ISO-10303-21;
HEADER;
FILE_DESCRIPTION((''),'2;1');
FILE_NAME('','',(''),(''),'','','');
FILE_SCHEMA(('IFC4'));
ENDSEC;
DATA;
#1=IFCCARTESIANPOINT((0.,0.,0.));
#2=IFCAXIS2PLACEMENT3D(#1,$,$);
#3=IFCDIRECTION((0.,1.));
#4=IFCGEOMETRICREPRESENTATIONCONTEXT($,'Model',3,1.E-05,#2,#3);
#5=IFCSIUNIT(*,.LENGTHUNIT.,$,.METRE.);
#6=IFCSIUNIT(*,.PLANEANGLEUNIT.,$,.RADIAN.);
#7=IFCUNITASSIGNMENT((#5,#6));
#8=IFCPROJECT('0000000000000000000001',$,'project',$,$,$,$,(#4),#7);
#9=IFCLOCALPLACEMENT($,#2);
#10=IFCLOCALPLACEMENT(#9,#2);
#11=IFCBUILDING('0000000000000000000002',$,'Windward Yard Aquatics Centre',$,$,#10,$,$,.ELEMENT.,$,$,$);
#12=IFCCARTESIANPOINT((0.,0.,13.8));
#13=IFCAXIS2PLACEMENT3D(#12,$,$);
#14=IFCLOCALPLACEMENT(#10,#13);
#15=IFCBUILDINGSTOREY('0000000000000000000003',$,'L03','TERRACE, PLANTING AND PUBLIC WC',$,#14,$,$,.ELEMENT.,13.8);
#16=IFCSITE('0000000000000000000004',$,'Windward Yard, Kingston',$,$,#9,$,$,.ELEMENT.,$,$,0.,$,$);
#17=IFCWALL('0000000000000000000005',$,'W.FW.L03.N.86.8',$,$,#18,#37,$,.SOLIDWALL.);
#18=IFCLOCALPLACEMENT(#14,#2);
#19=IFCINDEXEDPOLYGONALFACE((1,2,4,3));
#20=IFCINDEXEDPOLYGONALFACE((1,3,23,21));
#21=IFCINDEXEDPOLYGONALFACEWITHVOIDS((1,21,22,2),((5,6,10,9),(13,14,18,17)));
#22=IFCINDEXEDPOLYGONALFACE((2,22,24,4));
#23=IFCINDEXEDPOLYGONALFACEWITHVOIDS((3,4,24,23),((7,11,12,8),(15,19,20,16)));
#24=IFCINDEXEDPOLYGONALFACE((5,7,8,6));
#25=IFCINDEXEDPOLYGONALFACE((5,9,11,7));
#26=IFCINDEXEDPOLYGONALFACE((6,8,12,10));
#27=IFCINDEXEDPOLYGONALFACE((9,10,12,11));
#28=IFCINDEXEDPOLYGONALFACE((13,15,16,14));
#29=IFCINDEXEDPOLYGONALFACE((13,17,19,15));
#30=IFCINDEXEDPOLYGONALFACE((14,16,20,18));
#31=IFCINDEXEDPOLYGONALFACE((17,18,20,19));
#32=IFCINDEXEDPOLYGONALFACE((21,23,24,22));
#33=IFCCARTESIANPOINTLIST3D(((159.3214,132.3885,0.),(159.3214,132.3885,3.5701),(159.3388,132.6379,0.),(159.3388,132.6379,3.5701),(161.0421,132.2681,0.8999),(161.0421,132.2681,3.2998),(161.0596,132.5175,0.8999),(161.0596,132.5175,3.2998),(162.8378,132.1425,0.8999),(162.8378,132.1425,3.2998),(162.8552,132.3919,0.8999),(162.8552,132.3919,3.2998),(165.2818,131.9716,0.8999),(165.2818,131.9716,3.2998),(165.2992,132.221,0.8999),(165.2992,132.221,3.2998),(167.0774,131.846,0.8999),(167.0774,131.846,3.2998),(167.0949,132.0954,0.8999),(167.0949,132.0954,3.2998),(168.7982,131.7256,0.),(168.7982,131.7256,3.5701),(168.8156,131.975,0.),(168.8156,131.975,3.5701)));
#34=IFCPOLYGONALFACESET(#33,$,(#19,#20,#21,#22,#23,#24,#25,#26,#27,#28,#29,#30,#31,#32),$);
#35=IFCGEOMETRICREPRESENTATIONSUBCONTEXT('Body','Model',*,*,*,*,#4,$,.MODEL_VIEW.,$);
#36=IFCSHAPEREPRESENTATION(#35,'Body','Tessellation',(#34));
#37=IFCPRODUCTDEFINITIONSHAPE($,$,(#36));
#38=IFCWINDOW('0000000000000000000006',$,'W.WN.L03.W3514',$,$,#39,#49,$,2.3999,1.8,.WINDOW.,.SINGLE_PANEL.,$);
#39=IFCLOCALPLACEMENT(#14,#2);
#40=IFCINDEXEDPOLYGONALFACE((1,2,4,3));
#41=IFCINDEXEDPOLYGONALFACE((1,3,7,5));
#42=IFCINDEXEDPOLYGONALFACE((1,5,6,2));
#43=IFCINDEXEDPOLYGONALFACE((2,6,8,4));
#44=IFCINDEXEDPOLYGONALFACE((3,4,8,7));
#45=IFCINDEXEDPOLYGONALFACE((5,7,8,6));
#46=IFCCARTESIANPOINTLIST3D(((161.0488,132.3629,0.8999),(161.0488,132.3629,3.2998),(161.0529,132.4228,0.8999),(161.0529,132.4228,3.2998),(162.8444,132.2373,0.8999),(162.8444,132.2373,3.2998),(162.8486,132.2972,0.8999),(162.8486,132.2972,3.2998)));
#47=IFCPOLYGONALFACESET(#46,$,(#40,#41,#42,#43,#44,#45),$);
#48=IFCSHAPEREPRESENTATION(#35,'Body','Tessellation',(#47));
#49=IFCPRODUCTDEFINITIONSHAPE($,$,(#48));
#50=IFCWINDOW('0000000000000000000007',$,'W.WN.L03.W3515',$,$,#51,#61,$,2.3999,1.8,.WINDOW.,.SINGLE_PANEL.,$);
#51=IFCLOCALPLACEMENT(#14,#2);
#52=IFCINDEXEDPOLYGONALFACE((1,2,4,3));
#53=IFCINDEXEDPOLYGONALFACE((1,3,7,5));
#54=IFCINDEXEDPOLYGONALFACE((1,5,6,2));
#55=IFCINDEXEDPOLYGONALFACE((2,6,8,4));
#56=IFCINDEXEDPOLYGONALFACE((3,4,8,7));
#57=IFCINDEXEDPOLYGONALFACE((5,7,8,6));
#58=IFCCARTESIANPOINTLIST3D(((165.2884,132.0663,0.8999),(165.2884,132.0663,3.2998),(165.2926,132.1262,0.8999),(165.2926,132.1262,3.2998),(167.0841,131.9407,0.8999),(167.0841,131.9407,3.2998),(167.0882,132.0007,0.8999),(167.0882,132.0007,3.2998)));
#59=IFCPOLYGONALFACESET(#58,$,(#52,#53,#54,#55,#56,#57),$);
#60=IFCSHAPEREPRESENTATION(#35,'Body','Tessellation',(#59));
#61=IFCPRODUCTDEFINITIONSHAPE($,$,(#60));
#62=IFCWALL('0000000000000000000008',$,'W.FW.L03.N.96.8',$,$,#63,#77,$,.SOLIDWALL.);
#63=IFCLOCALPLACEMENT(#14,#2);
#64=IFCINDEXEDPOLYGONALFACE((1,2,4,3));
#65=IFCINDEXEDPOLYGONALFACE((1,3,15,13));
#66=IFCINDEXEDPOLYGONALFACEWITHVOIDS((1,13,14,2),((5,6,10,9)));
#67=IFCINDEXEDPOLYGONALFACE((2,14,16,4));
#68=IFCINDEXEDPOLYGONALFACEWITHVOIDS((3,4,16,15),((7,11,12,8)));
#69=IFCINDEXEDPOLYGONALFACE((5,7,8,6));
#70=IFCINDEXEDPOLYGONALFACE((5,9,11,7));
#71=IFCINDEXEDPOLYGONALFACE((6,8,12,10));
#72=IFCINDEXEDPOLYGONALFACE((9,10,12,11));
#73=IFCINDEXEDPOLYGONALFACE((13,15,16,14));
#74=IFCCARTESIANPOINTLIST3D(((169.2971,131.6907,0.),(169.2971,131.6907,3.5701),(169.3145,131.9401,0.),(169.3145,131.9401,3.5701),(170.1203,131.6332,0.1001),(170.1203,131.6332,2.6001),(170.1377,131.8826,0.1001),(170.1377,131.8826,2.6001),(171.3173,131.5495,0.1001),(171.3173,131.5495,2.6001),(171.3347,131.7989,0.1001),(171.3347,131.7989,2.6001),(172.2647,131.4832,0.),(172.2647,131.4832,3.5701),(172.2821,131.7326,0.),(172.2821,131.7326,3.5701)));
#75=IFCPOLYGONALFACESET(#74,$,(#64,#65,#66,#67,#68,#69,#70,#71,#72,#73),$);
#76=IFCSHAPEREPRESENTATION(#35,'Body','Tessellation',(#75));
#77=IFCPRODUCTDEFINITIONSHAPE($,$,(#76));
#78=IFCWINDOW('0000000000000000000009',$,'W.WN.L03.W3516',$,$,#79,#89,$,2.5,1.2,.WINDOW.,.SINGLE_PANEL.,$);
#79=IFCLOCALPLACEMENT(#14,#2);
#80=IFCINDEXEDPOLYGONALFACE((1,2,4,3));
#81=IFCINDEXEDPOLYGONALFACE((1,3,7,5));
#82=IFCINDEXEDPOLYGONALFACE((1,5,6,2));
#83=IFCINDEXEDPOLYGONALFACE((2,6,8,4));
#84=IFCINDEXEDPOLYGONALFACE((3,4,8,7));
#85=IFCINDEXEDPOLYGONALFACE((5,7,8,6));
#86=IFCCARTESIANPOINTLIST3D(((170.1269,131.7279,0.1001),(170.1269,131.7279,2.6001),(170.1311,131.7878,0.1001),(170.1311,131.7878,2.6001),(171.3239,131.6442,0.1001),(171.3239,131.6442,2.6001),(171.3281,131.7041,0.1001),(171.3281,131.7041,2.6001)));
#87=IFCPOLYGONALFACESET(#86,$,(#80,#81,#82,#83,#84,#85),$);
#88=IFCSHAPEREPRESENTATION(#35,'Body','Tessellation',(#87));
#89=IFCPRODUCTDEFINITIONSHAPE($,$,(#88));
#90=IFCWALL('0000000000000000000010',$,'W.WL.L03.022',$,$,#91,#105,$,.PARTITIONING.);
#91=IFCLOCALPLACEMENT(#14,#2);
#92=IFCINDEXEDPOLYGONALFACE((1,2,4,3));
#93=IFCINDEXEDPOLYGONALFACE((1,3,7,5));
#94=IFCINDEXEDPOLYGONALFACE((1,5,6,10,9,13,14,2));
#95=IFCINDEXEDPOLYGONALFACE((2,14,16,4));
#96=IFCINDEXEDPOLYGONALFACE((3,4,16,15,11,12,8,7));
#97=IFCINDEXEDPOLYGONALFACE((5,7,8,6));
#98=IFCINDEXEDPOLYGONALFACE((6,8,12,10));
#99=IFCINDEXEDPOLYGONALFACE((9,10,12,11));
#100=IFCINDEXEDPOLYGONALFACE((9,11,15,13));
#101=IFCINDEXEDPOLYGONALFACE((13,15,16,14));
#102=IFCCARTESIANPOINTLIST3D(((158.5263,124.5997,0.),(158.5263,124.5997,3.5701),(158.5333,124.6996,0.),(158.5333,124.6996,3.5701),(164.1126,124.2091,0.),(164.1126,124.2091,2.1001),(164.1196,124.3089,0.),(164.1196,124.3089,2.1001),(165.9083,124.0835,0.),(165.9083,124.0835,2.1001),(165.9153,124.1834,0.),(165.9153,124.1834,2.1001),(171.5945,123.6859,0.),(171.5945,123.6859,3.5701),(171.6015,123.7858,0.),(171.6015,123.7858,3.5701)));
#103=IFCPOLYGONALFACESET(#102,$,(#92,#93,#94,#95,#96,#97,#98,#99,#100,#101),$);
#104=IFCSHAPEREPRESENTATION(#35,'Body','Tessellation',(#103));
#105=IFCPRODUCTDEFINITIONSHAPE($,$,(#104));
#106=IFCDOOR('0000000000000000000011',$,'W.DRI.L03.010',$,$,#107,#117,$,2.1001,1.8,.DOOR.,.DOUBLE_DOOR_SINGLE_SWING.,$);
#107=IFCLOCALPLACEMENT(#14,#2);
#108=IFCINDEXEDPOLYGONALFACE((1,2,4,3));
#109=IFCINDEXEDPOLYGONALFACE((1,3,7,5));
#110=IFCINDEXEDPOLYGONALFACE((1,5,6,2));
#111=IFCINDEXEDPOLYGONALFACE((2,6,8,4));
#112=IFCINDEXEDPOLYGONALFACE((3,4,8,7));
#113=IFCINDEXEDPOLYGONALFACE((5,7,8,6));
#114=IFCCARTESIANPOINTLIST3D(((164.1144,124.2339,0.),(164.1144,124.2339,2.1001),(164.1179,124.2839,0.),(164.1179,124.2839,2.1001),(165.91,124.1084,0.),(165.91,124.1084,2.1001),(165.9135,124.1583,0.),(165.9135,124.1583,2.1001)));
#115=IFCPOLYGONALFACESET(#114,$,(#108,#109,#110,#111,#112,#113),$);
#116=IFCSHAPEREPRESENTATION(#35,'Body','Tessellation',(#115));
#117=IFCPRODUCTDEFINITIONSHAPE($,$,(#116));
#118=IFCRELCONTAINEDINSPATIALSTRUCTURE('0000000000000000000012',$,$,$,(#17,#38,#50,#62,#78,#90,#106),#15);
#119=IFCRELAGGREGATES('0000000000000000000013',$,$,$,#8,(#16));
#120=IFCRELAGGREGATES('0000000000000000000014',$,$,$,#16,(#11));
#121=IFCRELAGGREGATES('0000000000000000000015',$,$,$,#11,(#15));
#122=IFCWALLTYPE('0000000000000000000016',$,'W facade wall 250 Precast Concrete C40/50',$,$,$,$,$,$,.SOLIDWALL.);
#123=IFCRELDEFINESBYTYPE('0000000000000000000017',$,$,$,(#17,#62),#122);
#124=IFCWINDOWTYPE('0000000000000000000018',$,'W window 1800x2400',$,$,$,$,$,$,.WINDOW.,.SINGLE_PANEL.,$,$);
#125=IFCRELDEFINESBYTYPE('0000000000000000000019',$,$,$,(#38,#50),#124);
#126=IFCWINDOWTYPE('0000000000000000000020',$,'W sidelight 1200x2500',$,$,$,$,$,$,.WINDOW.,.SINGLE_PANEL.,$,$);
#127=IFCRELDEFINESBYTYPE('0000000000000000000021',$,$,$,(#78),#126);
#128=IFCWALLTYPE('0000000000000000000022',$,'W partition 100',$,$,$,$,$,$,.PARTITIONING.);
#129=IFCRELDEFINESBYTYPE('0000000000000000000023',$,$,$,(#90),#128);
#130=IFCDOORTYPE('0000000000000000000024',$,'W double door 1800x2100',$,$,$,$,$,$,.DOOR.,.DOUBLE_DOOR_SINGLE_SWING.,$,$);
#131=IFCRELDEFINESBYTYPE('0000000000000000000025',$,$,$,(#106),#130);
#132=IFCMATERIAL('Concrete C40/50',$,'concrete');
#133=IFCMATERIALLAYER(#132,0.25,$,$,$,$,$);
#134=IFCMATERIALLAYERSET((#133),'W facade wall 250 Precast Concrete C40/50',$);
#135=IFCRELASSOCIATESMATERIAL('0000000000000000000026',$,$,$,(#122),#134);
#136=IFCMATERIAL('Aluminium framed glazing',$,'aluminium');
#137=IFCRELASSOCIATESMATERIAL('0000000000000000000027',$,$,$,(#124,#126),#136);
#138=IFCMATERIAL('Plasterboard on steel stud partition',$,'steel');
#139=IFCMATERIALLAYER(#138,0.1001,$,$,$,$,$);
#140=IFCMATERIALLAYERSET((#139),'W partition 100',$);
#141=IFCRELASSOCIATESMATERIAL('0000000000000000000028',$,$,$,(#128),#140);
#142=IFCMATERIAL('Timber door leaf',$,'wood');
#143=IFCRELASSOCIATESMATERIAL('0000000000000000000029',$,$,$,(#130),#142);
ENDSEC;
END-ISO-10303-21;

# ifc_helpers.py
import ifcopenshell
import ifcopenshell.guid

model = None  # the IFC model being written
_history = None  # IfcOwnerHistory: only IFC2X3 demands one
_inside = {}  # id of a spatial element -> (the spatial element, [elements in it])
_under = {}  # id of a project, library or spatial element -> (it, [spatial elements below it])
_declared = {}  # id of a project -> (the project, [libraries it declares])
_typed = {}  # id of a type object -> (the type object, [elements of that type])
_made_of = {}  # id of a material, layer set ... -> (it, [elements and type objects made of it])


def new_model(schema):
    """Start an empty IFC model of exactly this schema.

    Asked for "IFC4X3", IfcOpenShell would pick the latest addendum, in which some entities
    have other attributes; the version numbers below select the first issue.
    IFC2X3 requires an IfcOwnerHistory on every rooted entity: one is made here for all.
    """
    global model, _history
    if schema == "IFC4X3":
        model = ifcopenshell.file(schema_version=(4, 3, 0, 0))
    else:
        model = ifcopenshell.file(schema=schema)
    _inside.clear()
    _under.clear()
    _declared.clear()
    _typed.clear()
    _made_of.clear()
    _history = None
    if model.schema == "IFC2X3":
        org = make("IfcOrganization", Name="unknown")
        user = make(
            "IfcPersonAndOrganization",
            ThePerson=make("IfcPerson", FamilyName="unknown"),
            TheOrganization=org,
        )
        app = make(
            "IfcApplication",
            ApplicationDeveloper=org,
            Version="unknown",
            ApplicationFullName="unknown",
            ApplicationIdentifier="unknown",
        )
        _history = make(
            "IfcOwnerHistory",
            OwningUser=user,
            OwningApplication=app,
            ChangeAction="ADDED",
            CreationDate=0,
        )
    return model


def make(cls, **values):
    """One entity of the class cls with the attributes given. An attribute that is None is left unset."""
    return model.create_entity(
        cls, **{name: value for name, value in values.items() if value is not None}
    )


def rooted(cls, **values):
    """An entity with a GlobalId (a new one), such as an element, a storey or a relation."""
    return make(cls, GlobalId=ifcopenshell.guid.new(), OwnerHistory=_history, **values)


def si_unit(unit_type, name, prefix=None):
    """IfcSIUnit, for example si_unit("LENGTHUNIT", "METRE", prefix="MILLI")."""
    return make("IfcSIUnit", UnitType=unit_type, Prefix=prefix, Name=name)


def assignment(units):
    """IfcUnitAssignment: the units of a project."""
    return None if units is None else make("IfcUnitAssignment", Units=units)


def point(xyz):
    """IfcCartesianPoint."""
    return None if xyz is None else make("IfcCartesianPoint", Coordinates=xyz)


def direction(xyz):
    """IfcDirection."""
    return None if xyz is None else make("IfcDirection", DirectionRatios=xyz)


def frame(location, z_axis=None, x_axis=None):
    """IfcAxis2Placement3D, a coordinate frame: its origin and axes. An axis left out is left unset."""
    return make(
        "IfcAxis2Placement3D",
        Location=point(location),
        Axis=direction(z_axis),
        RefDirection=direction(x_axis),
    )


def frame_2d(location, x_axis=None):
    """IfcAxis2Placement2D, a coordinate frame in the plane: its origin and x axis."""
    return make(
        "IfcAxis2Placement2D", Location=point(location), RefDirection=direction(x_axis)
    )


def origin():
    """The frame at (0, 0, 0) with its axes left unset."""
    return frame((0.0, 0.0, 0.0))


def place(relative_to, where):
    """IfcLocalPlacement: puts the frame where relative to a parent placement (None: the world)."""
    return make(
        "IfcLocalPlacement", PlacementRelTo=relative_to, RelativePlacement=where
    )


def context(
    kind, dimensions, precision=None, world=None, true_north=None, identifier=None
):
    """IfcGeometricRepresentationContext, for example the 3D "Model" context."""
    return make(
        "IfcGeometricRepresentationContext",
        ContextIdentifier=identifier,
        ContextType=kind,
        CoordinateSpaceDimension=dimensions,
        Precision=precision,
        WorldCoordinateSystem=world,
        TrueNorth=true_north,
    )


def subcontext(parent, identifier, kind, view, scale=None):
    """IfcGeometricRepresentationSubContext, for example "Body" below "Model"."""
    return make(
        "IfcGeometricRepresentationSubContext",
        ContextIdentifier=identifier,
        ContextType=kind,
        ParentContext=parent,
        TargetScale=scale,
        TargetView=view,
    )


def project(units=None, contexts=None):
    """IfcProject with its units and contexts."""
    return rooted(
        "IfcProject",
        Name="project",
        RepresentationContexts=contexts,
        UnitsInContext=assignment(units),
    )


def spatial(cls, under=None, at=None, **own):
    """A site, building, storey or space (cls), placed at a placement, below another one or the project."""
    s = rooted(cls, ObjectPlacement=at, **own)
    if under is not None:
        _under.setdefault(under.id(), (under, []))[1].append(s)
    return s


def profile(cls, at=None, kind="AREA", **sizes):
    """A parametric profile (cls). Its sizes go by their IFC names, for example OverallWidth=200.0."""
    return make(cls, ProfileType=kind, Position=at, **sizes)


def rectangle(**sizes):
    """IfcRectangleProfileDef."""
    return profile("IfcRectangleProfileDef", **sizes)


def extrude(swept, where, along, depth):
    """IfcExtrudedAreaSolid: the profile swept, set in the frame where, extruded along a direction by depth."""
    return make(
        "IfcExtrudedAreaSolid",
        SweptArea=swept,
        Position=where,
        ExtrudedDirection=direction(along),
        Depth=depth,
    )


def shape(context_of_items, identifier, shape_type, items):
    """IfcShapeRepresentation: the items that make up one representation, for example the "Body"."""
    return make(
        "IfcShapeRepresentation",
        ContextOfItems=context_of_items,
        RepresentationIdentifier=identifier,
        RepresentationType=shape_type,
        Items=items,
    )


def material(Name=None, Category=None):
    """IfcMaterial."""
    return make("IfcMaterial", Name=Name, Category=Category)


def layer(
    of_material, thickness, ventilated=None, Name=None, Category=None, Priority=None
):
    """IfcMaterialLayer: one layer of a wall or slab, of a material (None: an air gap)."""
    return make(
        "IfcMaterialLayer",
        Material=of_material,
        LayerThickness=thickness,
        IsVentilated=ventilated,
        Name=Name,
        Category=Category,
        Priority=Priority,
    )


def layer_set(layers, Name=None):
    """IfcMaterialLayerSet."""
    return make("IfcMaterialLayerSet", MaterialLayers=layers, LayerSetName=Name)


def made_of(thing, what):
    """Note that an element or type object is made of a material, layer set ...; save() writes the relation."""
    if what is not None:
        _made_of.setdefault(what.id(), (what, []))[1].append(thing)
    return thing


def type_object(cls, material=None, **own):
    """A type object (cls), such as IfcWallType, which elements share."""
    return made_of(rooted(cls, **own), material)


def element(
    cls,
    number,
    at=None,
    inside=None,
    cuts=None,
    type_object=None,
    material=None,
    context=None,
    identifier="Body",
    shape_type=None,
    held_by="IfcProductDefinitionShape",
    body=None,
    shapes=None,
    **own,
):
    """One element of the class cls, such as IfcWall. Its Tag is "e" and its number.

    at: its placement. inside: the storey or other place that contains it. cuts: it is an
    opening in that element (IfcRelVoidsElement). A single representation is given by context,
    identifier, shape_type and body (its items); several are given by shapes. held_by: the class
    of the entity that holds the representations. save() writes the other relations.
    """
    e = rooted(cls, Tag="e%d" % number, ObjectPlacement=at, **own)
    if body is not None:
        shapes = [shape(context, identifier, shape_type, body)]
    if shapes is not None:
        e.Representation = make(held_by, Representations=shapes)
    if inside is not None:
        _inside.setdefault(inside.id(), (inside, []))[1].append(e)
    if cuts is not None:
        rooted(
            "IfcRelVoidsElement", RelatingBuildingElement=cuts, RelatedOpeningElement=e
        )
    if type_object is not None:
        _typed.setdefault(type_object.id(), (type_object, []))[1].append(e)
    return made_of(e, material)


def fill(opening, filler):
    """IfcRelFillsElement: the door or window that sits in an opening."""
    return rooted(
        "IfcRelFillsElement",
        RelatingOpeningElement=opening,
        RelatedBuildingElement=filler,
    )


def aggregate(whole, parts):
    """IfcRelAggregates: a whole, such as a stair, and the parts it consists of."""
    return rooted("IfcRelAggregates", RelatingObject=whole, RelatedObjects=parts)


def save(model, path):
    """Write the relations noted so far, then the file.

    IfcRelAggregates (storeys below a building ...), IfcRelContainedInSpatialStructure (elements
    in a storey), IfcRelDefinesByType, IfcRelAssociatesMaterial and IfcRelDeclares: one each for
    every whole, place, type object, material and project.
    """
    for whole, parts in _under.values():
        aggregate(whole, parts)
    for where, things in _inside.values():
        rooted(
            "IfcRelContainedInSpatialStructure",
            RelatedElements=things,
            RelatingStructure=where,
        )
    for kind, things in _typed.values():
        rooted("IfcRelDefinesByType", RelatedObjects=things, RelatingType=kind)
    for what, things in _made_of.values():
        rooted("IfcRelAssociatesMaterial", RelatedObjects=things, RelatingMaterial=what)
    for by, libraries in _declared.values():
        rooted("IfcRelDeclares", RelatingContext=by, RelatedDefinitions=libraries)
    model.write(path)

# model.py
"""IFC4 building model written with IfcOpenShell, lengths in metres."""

from ifc_helpers import new_model, si_unit, direction, frame, frame_2d, origin, place, context, subcontext, project, spatial, rectangle, extrude, material, layer, layer_set, type_object, element, fill, save


model = new_model("IFC4")

# Units and contexts
model_context = context("Model", 3, precision=1e-05, world=origin(), true_north=direction((0.0, 1.0)))
body_context = subcontext(model_context, "Body", "Model", "MODEL_VIEW")
ifc_project = project(units=[si_unit("LENGTHUNIT", "METRE"), si_unit("PLANEANGLEUNIT", "RADIAN")], contexts=[model_context])

# Site, building, storey
site_placement = place(None, origin())
site = spatial("IfcSite", under=ifc_project, at=site_placement, Name="Windward Yard, Kingston", CompositionType="ELEMENT", RefElevation=0.0)
building_placement = place(site_placement, origin())
building = spatial("IfcBuilding", under=site, at=building_placement, Name="Windward Yard Aquatics Centre", CompositionType="ELEMENT")
storey_placement = place(building_placement, frame((0.0, 0.0, 13.8)))
storey = spatial("IfcBuildingStorey", under=building, at=storey_placement, Name="L03", Description="TERRACE, PLANTING AND PUBLIC WC", CompositionType="ELEMENT", Elevation=13.8)

# Shared definitions
ifc_material_1 = material(Name="Concrete C40/50", Category="concrete")

# Wall, openings, windows
ifc_layer_1 = layer(ifc_material_1, 0.25)
ifc_layer_set_1 = layer_set([ifc_layer_1], Name="W facade wall 250 Precast Concrete C40/50")
wall_type_1 = type_object("IfcWallType", Name="W facade wall 250 Precast Concrete C40/50", PredefinedType="SOLIDWALL", material=ifc_layer_set_1)
wall_1_placement = place(storey_placement, frame((159.3301, 132.5132, 0.0), z_axis=(0.0, 0.0, 1.0), x_axis=(0.997563, -0.069773, 0.0)))
wall_1 = element("IfcWall", 1, at=wall_1_placement, inside=storey, type_object=wall_type_1, Name="W.FW.L03.N.86.8", PredefinedType="SOLIDWALL", context=body_context, shape_type="SweptSolid", body=[
    extrude(rectangle(XDim=9.5, YDim=0.25, at=frame_2d((4.75, 0.0))), origin(), (0.0, 0.0, 1.0), 3.5701),
])
opening_1_placement = place(wall_1_placement, frame((1.7251, 0.0, 0.8999)))
opening_1 = element("IfcOpeningElement", 2, at=opening_1_placement, cuts=wall_1, PredefinedType="OPENING", context=body_context, shape_type="SweptSolid", body=[
    extrude(rectangle(XDim=1.8, YDim=2.3999, at=frame_2d((0.8999, 1.2))), frame((0.0, 0.135, 0.0), z_axis=(0.0, -1.0, 0.0), x_axis=(1.0, 0.0, 0.0)), (0.0, 0.0, 1.0), 0.27),
])
opening_2_placement = place(wall_1_placement, frame((5.9751, 0.0, 0.8999)))
opening_2 = element("IfcOpeningElement", 3, at=opening_2_placement, cuts=wall_1, PredefinedType="OPENING", context=body_context, shape_type="SweptSolid", body=[
    extrude(rectangle(XDim=1.8, YDim=2.3999, at=frame_2d((0.8999, 1.2))), frame((0.0, 0.135, 0.0), z_axis=(0.0, -1.0, 0.0), x_axis=(1.0, 0.0, 0.0)), (0.0, 0.0, 1.0), 0.27),
])
ifc_material_2 = material(Name="Aluminium framed glazing", Category="aluminium")
window_type_1 = type_object("IfcWindowType", Name="W window 1800x2400", PartitioningType="SINGLE_PANEL", PredefinedType="WINDOW", material=ifc_material_2)
window_1_placement = place(opening_1_placement, origin())
window_1 = element("IfcWindow", 4, at=window_1_placement, inside=storey, type_object=window_type_1, Name="W.WN.L03.W3514", OverallHeight=2.3999, OverallWidth=1.8, PartitioningType="SINGLE_PANEL", PredefinedType="WINDOW", context=body_context, shape_type="SweptSolid", body=[
    extrude(rectangle(XDim=1.8, YDim=2.3999, at=frame_2d((0.8999, 1.2))), frame((0.0, 0.03, 0.0), z_axis=(0.0, -1.0, 0.0), x_axis=(1.0, 0.0, 0.0)), (0.0, 0.0, 1.0), 0.0601),
])
fill(opening_1, window_1)
window_2_placement = place(opening_2_placement, origin())
window_2 = element("IfcWindow", 5, at=window_2_placement, inside=storey, type_object=window_type_1, Name="W.WN.L03.W3515", OverallHeight=2.3999, OverallWidth=1.8, PartitioningType="SINGLE_PANEL", PredefinedType="WINDOW", context=body_context, shape_type="SweptSolid", body=[
    extrude(rectangle(XDim=1.8, YDim=2.3999, at=frame_2d((0.8999, 1.2))), frame((0.0, 0.03, 0.0), z_axis=(0.0, -1.0, 0.0), x_axis=(1.0, 0.0, 0.0)), (0.0, 0.0, 1.0), 0.0601),
])
fill(opening_2, window_2)

# Wall, opening, window
wall_2_placement = place(storey_placement, frame((169.3059, 131.8154, 0.0), z_axis=(0.0, 0.0, 1.0), x_axis=(0.997564, -0.06976, 0.0)))
wall_2 = element("IfcWall", 6, at=wall_2_placement, inside=storey, type_object=wall_type_1, Name="W.FW.L03.N.96.8", PredefinedType="SOLIDWALL", context=body_context, shape_type="SweptSolid", body=[
    extrude(rectangle(XDim=2.9749, YDim=0.25, at=frame_2d((1.4873, 0.0))), origin(), (0.0, 0.0, 1.0), 3.5701),
])
opening_3_placement = place(wall_2_placement, frame((0.825, 0.0, 0.1001)))
opening_3 = element("IfcOpeningElement", 7, at=opening_3_placement, cuts=wall_2, PredefinedType="OPENING", context=body_context, shape_type="SweptSolid", body=[
    extrude(rectangle(XDim=1.2, YDim=2.5, at=frame_2d((0.6001, 1.25))), frame((0.0, 0.135, 0.0), z_axis=(0.0, -1.0, 0.0), x_axis=(1.0, 0.0, 0.0)), (0.0, 0.0, 1.0), 0.27),
])
window_type_2 = type_object("IfcWindowType", Name="W sidelight 1200x2500", PartitioningType="SINGLE_PANEL", PredefinedType="WINDOW", material=ifc_material_2)
window_3_placement = place(opening_3_placement, origin())
window_3 = element("IfcWindow", 8, at=window_3_placement, inside=storey, type_object=window_type_2, Name="W.WN.L03.W3516", OverallHeight=2.5, OverallWidth=1.2, PartitioningType="SINGLE_PANEL", PredefinedType="WINDOW", context=body_context, shape_type="SweptSolid", body=[
    extrude(rectangle(XDim=1.2, YDim=2.5, at=frame_2d((0.6001, 1.25))), frame((0.0, 0.03, 0.0), z_axis=(0.0, -1.0, 0.0), x_axis=(1.0, 0.0, 0.0)), (0.0, 0.0, 1.0), 0.0601),
])
fill(opening_3, window_3)

# Wall, opening, door
ifc_material_3 = material(Name="Plasterboard on steel stud partition", Category="steel")
ifc_layer_2 = layer(ifc_material_3, 0.1001)
ifc_layer_set_2 = layer_set([ifc_layer_2], Name="W partition 100")
wall_type_2 = type_object("IfcWallType", Name="W partition 100", PredefinedType="PARTITIONING", material=ifc_layer_set_2)
wall_3_placement = place(storey_placement, frame((158.5298, 124.6497, 0.0), z_axis=(0.0, 0.0, 1.0), x_axis=(0.997564, -0.069757, 0.0)))
wall_3 = element("IfcWall", 9, at=wall_3_placement, inside=storey, type_object=wall_type_2, Name="W.WL.L03.022", PredefinedType="PARTITIONING", context=body_context, shape_type="SweptSolid", body=[
    extrude(rectangle(XDim=13.1001, YDim=0.1001, at=frame_2d((6.55, 0.0))), origin(), (0.0, 0.0, 1.0), 3.5701),
])
opening_4_placement = place(wall_3_placement, frame((5.6001, 0.0, 0.0)))
opening_4 = element("IfcOpeningElement", 10, at=opening_4_placement, cuts=wall_3, PredefinedType="OPENING", context=body_context, shape_type="SweptSolid", body=[
    extrude(rectangle(XDim=1.8, YDim=2.1001, at=frame_2d((0.8999, 1.05))), frame((0.0, 0.0601, 0.0), z_axis=(0.0, -1.0, 0.0), x_axis=(1.0, 0.0, 0.0)), (0.0, 0.0, 1.0), 0.1201),
])
ifc_material_4 = material(Name="Timber door leaf", Category="wood")
door_type = type_object("IfcDoorType", Name="W double door 1800x2100", OperationType="DOUBLE_DOOR_SINGLE_SWING", PredefinedType="DOOR", material=ifc_material_4)
door_placement = place(opening_4_placement, origin())
door = element("IfcDoor", 11, at=door_placement, inside=storey, type_object=door_type, Name="W.DRI.L03.010", OperationType="DOUBLE_DOOR_SINGLE_SWING", OverallHeight=2.1001, OverallWidth=1.8, PredefinedType="DOOR", context=body_context, shape_type="SweptSolid", body=[
    extrude(rectangle(XDim=1.8, YDim=2.1001, at=frame_2d((0.8999, 1.05))), frame((0.0, 0.0249, 0.0), z_axis=(0.0, -1.0, 0.0), x_axis=(1.0, 0.0, 0.0)), (0.0, 0.0, 1.0), 0.05),
])
fill(opening_4, door)

save(model, "model.ifc")
